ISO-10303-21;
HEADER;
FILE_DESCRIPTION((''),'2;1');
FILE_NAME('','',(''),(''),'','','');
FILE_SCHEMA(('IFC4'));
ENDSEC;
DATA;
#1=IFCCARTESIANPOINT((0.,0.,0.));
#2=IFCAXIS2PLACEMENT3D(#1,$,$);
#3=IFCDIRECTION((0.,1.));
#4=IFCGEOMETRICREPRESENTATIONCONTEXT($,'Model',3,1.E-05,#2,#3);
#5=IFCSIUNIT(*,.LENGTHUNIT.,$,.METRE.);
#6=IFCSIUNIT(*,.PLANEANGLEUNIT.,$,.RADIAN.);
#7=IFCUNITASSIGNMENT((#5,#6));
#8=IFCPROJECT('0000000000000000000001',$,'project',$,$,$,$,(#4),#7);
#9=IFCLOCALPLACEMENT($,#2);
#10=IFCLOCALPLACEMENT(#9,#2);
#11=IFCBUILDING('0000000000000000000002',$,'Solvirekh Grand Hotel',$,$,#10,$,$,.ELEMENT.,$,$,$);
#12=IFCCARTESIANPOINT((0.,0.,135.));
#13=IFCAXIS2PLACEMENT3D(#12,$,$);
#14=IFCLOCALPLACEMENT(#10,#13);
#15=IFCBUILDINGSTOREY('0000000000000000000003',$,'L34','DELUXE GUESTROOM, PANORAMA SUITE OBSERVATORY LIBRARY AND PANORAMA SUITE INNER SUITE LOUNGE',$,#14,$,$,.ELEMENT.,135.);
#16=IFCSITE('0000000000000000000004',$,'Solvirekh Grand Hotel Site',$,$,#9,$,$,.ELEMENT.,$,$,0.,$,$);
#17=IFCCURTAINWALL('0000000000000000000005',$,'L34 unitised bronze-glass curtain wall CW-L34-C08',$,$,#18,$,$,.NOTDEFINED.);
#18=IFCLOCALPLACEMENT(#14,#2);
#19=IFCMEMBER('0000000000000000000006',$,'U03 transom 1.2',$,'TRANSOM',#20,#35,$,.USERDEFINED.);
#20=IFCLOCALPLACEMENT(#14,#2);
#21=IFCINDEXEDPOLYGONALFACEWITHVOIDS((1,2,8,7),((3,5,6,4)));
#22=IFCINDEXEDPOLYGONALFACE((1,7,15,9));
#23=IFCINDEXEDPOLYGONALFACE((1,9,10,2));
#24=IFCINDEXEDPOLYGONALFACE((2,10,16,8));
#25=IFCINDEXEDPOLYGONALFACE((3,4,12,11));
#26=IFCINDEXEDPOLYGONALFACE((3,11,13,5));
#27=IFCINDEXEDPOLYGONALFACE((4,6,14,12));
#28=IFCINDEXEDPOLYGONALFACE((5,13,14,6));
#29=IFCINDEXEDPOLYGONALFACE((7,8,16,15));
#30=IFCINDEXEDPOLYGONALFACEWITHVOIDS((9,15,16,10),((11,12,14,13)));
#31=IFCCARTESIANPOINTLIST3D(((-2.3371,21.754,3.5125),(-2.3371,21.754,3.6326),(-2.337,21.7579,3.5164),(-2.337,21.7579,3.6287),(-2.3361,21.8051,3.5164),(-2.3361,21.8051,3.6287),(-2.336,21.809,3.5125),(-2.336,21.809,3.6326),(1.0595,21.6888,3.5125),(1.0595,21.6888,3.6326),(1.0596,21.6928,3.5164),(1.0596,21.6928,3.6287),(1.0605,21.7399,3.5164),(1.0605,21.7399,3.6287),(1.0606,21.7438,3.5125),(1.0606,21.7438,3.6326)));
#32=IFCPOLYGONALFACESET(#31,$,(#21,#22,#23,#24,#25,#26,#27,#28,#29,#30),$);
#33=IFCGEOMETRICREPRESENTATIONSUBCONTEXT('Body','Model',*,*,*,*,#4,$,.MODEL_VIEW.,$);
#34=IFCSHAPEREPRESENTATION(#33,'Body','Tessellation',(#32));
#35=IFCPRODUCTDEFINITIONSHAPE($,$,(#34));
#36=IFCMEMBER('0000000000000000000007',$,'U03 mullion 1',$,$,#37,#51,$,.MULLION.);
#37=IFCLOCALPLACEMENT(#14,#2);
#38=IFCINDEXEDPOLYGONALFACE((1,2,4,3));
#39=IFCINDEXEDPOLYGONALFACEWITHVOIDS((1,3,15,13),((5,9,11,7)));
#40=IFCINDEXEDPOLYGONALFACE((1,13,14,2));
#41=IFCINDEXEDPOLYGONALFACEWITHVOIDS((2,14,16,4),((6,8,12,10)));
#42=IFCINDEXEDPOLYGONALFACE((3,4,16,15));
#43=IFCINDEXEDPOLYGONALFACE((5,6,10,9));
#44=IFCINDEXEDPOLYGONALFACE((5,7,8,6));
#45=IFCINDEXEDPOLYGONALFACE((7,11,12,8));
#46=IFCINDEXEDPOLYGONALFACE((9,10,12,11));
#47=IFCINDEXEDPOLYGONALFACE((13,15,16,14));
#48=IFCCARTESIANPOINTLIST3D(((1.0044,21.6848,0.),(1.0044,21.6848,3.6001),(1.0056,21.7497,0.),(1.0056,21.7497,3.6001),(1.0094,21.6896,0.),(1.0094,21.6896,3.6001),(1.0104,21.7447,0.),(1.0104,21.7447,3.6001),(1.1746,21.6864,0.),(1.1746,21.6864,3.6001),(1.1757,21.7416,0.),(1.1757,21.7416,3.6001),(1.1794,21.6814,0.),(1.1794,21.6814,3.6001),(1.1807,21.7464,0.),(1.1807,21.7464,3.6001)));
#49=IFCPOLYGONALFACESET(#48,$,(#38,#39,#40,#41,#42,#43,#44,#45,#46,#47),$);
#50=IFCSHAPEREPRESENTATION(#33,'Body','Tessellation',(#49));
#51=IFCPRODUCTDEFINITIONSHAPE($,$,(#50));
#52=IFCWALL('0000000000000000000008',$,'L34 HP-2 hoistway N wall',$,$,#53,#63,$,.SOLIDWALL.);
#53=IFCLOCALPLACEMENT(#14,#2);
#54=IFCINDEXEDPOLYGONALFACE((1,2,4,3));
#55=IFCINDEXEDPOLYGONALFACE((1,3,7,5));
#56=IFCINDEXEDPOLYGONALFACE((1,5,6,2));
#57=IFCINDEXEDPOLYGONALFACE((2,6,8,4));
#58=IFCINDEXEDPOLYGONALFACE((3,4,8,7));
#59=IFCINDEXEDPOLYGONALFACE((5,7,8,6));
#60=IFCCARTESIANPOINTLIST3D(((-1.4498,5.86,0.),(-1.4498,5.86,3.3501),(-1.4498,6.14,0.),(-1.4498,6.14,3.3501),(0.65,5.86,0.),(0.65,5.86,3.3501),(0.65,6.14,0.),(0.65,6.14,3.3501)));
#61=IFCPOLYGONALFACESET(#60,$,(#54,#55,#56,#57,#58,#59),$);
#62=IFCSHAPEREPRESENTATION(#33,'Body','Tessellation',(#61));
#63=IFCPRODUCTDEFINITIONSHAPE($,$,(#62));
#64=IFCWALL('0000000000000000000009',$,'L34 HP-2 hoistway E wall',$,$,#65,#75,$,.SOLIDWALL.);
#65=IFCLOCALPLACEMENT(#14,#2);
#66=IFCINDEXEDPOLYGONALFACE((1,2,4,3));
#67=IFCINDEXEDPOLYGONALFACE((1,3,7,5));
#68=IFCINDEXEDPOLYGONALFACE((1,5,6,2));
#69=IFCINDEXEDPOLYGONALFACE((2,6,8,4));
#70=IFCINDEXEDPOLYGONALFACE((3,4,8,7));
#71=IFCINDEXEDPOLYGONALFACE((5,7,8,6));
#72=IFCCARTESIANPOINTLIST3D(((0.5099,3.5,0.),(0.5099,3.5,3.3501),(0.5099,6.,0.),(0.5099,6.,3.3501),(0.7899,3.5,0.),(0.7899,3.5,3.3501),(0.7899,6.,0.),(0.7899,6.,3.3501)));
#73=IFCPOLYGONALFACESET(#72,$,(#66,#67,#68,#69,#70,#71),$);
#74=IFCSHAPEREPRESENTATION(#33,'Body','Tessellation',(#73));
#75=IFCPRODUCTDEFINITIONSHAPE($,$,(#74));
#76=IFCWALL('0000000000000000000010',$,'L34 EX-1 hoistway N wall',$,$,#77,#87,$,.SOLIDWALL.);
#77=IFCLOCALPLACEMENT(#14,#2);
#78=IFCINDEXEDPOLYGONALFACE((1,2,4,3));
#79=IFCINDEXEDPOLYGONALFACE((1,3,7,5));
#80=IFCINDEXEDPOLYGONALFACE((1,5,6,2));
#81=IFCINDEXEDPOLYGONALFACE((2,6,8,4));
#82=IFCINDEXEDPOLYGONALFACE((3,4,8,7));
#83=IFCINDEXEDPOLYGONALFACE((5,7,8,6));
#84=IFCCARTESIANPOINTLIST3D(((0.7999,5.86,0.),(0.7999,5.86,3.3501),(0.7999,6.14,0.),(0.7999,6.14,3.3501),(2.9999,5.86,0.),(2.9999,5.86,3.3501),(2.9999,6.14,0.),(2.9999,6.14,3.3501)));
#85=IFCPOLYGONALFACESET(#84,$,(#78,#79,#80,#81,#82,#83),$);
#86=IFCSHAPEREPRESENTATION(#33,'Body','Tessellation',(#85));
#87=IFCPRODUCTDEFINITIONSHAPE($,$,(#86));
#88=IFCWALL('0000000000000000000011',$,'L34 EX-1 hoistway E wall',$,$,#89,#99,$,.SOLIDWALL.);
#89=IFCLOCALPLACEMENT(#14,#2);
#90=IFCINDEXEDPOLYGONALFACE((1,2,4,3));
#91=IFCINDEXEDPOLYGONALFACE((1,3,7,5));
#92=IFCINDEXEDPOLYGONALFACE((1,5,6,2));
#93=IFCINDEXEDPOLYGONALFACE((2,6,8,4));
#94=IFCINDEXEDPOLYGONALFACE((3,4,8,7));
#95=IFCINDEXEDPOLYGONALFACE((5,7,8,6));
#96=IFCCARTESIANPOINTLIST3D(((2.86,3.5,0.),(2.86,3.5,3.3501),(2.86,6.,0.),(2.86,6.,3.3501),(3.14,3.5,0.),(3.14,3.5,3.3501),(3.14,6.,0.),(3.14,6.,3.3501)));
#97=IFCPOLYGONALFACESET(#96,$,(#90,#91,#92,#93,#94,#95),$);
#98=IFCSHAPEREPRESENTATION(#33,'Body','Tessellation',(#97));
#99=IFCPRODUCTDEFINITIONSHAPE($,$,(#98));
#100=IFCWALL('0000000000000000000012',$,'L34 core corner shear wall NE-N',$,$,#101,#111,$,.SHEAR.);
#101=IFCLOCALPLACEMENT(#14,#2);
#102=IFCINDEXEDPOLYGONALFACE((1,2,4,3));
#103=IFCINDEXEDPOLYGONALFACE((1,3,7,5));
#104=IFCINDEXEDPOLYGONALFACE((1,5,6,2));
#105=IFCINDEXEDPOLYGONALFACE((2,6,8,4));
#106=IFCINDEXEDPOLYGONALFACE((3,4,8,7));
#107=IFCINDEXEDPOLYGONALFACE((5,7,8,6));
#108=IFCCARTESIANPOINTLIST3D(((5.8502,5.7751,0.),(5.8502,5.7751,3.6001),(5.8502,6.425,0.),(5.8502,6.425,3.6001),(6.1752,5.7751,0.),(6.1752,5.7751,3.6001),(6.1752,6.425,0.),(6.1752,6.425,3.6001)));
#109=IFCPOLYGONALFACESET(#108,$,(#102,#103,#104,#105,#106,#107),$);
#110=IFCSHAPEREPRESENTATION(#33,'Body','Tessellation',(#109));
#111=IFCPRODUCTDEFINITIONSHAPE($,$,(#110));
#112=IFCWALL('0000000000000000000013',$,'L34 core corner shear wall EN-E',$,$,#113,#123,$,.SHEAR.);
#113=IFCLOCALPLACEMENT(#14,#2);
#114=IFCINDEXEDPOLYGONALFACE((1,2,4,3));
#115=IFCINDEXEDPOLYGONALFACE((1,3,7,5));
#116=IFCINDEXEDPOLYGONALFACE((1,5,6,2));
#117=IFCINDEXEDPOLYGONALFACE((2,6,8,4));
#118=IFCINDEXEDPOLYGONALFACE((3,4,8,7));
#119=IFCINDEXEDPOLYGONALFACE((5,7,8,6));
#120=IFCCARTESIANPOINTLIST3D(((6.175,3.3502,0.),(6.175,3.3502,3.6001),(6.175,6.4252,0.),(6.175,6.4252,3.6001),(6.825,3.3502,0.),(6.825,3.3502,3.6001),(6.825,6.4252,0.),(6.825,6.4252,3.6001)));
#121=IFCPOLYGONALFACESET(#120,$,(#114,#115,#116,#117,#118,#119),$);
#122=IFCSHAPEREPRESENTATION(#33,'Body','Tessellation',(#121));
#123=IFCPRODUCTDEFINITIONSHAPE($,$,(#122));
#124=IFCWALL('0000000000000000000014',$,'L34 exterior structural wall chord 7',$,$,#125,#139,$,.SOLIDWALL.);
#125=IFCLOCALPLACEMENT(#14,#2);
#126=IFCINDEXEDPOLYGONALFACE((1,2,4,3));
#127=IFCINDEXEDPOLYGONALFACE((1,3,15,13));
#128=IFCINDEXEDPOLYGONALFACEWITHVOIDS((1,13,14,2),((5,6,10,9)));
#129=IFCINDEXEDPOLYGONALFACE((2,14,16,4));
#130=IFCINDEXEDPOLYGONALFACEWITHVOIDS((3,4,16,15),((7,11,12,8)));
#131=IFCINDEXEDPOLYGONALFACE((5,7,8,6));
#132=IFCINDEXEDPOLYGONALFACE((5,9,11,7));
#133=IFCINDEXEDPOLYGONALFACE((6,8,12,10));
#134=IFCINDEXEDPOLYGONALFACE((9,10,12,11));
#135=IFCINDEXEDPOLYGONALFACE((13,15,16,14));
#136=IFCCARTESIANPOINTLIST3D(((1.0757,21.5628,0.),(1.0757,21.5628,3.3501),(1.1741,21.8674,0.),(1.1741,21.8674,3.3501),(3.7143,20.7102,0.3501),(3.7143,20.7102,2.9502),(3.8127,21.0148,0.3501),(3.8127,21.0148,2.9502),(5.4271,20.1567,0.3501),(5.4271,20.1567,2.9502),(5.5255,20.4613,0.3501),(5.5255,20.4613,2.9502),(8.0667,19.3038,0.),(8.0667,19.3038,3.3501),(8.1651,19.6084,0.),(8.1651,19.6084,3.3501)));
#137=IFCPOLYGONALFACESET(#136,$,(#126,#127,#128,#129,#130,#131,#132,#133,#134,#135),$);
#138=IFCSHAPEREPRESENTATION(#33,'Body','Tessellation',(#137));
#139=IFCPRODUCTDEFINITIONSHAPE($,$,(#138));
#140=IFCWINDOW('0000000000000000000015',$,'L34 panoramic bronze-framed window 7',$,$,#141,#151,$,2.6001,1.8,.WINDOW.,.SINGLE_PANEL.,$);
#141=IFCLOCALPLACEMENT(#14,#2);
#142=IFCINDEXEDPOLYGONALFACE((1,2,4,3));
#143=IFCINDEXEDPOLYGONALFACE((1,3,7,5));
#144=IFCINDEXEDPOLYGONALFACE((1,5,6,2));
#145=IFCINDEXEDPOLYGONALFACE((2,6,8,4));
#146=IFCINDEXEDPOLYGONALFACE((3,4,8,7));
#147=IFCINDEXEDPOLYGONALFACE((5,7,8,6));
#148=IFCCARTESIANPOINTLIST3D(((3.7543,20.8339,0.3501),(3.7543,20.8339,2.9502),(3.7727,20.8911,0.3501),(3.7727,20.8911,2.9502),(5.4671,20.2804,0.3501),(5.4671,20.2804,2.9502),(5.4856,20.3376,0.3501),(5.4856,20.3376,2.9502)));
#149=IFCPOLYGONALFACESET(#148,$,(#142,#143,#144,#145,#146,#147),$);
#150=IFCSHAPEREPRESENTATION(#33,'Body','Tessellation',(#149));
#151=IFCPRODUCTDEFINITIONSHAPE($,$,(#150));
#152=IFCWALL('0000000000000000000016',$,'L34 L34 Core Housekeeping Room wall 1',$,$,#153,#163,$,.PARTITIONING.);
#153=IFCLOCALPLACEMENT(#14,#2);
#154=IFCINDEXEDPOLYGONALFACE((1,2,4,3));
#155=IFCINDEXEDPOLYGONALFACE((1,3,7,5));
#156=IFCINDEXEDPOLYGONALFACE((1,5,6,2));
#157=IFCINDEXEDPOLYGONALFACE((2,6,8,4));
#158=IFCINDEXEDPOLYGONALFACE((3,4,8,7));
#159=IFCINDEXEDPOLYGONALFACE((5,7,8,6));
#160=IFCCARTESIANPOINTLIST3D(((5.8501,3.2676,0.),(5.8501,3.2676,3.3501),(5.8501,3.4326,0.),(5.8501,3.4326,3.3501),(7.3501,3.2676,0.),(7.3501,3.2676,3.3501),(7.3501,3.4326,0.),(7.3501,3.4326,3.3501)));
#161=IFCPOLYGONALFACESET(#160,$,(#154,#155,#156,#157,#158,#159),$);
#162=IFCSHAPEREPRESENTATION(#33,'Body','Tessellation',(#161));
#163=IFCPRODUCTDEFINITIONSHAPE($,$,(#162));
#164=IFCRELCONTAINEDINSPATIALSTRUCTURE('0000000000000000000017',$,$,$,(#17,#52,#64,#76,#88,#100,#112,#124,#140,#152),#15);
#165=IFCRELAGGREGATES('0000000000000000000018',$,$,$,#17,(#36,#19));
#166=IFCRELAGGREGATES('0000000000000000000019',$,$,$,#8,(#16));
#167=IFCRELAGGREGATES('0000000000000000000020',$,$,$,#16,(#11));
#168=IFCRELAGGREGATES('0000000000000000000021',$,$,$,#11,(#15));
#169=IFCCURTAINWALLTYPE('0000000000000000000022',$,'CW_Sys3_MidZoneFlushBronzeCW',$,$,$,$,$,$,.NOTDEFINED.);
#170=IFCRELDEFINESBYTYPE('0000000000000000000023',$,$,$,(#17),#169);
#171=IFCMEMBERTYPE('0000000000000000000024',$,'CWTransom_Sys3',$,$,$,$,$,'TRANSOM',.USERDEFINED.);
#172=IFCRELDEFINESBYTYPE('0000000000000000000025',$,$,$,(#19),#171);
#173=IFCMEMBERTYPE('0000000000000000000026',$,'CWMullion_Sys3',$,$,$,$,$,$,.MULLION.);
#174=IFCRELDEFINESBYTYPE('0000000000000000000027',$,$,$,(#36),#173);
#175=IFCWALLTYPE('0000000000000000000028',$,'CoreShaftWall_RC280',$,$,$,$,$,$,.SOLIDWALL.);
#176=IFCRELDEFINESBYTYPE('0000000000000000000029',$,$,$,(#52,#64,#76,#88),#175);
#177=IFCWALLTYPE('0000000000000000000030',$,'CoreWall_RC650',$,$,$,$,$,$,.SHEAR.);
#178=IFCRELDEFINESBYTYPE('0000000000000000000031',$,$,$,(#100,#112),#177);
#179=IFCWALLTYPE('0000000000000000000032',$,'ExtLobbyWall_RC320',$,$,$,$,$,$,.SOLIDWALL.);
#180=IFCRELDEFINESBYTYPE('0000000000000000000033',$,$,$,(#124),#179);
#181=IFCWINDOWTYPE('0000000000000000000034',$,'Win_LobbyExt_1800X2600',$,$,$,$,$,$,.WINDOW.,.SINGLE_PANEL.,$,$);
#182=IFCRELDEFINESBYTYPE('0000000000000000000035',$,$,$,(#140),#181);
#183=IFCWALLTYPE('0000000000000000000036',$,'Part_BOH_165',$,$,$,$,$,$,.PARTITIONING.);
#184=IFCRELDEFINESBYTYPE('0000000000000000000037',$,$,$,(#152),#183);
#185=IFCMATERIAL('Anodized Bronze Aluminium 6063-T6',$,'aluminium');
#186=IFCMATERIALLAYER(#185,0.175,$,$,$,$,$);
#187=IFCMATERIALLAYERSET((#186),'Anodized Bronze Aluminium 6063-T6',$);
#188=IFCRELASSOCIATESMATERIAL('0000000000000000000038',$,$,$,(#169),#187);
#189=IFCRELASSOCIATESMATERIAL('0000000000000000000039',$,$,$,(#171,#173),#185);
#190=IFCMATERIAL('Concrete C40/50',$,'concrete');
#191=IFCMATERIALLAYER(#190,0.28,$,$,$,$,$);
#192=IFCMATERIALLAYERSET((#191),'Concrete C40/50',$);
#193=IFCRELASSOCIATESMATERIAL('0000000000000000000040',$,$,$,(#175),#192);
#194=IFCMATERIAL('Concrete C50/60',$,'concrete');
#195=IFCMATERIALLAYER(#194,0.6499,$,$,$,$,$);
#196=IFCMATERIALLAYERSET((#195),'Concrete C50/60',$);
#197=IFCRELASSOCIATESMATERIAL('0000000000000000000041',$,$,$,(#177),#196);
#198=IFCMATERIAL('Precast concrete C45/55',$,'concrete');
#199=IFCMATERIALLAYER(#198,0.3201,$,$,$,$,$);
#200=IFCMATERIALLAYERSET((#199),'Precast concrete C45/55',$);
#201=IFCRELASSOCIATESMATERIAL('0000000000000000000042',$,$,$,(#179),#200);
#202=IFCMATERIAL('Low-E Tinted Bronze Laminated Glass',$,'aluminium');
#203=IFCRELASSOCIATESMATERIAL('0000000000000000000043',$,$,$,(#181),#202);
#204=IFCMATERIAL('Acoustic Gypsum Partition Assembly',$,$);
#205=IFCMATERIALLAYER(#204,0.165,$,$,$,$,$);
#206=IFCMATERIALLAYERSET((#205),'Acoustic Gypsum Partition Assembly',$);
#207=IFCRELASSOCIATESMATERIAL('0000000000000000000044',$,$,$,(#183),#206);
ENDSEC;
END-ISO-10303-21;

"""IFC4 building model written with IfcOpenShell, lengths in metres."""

from ifc_helpers import new_model, si_unit, direction, frame, frame_2d, origin, origin_2d, place, context, subcontext, project, spatial, rectangle, hollow_rectangle, extrude, source, transform, mapped, material, layer, layer_set, material_profile, profile_set, type_object, element, fill, aggregate, save


model = new_model("IFC4")

# Units and contexts
model_context = context("Model", 3, precision=1e-05, world=origin(), true_north=direction((0.0, 1.0)))
body_context = subcontext(model_context, "Body", "Model", "MODEL_VIEW")
ifc_project = project(units=[si_unit("LENGTHUNIT", "METRE"), si_unit("PLANEANGLEUNIT", "RADIAN")], contexts=[model_context])

# Site, building, storey
site_placement = place(None, origin())
site = spatial("IfcSite", under=ifc_project, at=site_placement, Name="Solvirekh Grand Hotel Site", CompositionType="ELEMENT", RefElevation=0.0)
building_placement = place(site_placement, origin())
building = spatial("IfcBuilding", under=site, at=building_placement, Name="Solvirekh Grand Hotel", CompositionType="ELEMENT")
storey_placement = place(building_placement, frame((0.0, 0.0, 135.0)))
storey = spatial("IfcBuildingStorey", under=building, at=storey_placement, Name="L34", Description="DELUXE GUESTROOM, PANORAMA SUITE OBSERVATORY LIBRARY AND PANORAMA SUITE INNER SUITE LOUNGE", CompositionType="ELEMENT", Elevation=135.0)

# Shared definitions
ifc_material_1 = material(Name="Concrete C50/60", Category="concrete")

# Curtain wall, members
ifc_material_2 = material(Name="Anodized Bronze Aluminium 6063-T6", Category="aluminium")
ifc_layer_1 = layer(ifc_material_2, 0.175)
ifc_layer_set_1 = layer_set([ifc_layer_1], Name="Anodized Bronze Aluminium 6063-T6")
curtain_wall_type = type_object("IfcCurtainWallType", Name="CW_Sys3_MidZoneFlushBronzeCW", PredefinedType="NOTDEFINED", material=ifc_layer_set_1)
curtain_wall_placement = place(storey_placement, origin())
curtain_wall = element("IfcCurtainWall", 1, at=curtain_wall_placement, inside=storey, type_object=curtain_wall_type, Name="L34 unitised bronze-glass curtain wall CW-L34-C08", PredefinedType="NOTDEFINED")
ifc_material_profile_1 = material_profile(ifc_material_2, hollow_rectangle(XDim=0.0549, YDim=0.1201, WallThickness=0.0039, at=origin_2d()), Name="ALU RHS 120X55X4")
ifc_profile_set_1 = profile_set([ifc_material_profile_1], Name="Anodized Bronze Aluminium 6063-T6")
member_type_1 = type_object("IfcMemberType", Name="CWTransom_Sys3", ElementType="TRANSOM", PredefinedType="USERDEFINED", material=ifc_profile_set_1)
shared_shape_1 = source(origin(), body_context, "Body", "SweptSolid", [
    extrude(hollow_rectangle(XDim=0.0549, YDim=0.1201, WallThickness=0.0039, at=origin_2d()), origin(), (0.0, 0.0, 1.0), 3.3972),
])
member_1_placement = place(storey_placement, frame((1.0601, 21.7163, 3.5725), z_axis=(-0.999816, 0.019189, 0.0), x_axis=(-0.019189, -0.999816, 0.0)))
member_1 = element("IfcMember", 2, at=member_1_placement, type_object=member_type_1, Name="U03 transom 1.2", ObjectType="TRANSOM", PredefinedType="USERDEFINED", context=body_context, shape_type="MappedRepresentation", body=[
    mapped(shared_shape_1, transform((0.0, 0.0, 0.0), x_axis=(1.0, 0.0, 0.0), y_axis=(0.0, 1.0, 0.0), z_axis=(0.0, 0.0, 1.0), scale=1.0)),
])
ifc_material_profile_2 = material_profile(ifc_material_2, hollow_rectangle(XDim=0.0649, YDim=0.175, WallThickness=0.0049, at=origin_2d()), Name="ALU RHS 175X65X5")
ifc_profile_set_2 = profile_set([ifc_material_profile_2], Name="Anodized Bronze Aluminium 6063-T6")
member_type_2 = type_object("IfcMemberType", Name="CWMullion_Sys3", PredefinedType="MULLION", material=ifc_profile_set_2)
shared_shape_2 = source(origin(), body_context, "Body", "SweptSolid", [
    extrude(hollow_rectangle(XDim=0.0649, YDim=0.175, WallThickness=0.0049, at=origin_2d()), origin(), (0.0, 0.0, 1.0), 3.6001),
])
member_2_placement = place(storey_placement, frame((1.0925, 21.7156, 0.0), z_axis=(0.0, 0.0, 1.0), x_axis=(-0.019172, -0.999816, 0.0)))
member_2 = element("IfcMember", 3, at=member_2_placement, type_object=member_type_2, Name="U03 mullion 1", PredefinedType="MULLION", context=body_context, shape_type="MappedRepresentation", body=[
    mapped(shared_shape_2, transform((0.0, 0.0, 0.0), x_axis=(1.0, 0.0, 0.0), y_axis=(0.0, 1.0, 0.0), z_axis=(0.0, 0.0, 1.0), scale=1.0)),
])
aggregate(curtain_wall, [member_2, member_1])

# Walls
ifc_material_3 = material(Name="Concrete C40/50", Category="concrete")
ifc_layer_2 = layer(ifc_material_3, 0.28)
ifc_layer_set_2 = layer_set([ifc_layer_2], Name="Concrete C40/50")
wall_type_1 = type_object("IfcWallType", Name="CoreShaftWall_RC280", PredefinedType="SOLIDWALL", material=ifc_layer_set_2)
wall_1_placement = place(storey_placement, frame((0.6499, 6.0, 0.0), z_axis=(0.0, 0.0, 1.0), x_axis=(-1.0, 0.0, 0.0)))
element("IfcWall", 4, at=wall_1_placement, inside=storey, type_object=wall_type_1, Name="L34 HP-2 hoistway N wall", PredefinedType="SOLIDWALL", context=body_context, shape_type="SweptSolid", body=[
    extrude(rectangle(XDim=2.0999, YDim=0.28, at=frame_2d((1.0498, 0.0))), origin(), (0.0, 0.0, 1.0), 3.3501),
])
wall_2_placement = place(storey_placement, frame((0.6499, 3.5, 0.0), z_axis=(0.0, 0.0, 1.0), x_axis=(0.0, 1.0, 0.0)))
element("IfcWall", 5, at=wall_2_placement, inside=storey, type_object=wall_type_1, Name="L34 HP-2 hoistway E wall", PredefinedType="SOLIDWALL", context=body_context, shape_type="SweptSolid", body=[
    extrude(rectangle(XDim=2.5, YDim=0.28, at=frame_2d((1.25, 0.0))), origin(), (0.0, 0.0, 1.0), 3.3501),
])
wall_3_placement = place(storey_placement, frame((3.0, 6.0, 0.0), z_axis=(0.0, 0.0, 1.0), x_axis=(-1.0, 0.0, 0.0)))
element("IfcWall", 6, at=wall_3_placement, inside=storey, type_object=wall_type_1, Name="L34 EX-1 hoistway N wall", PredefinedType="SOLIDWALL", context=body_context, shape_type="SweptSolid", body=[
    extrude(rectangle(XDim=2.2, YDim=0.28, at=frame_2d((1.1001, 0.0))), origin(), (0.0, 0.0, 1.0), 3.3501),
])
wall_4_placement = place(storey_placement, frame((3.0, 3.5, 0.0), z_axis=(0.0, 0.0, 1.0), x_axis=(0.0, 1.0, 0.0)))
element("IfcWall", 7, at=wall_4_placement, inside=storey, type_object=wall_type_1, Name="L34 EX-1 hoistway E wall", PredefinedType="SOLIDWALL", context=body_context, shape_type="SweptSolid", body=[
    extrude(rectangle(XDim=2.5, YDim=0.28, at=frame_2d((1.25, 0.0))), origin(), (0.0, 0.0, 1.0), 3.3501),
])
ifc_layer_3 = layer(ifc_material_1, 0.6499)
ifc_layer_set_3 = layer_set([ifc_layer_3], Name="Concrete C50/60")
wall_type_2 = type_object("IfcWallType", Name="CoreWall_RC650", PredefinedType="SHEAR", material=ifc_layer_set_3)
wall_5_placement = place(storey_placement, frame((5.8501, 6.1001, 0.0), z_axis=(0.0, 0.0, 1.0), x_axis=(1.0, 0.0, 0.0)))
element("IfcWall", 8, at=wall_5_placement, inside=storey, type_object=wall_type_2, Name="L34 core corner shear wall NE-N", PredefinedType="SHEAR", context=body_context, shape_type="SweptSolid", body=[
    extrude(rectangle(XDim=0.325, YDim=0.6499, at=frame_2d((0.1626, 0.0))), origin(), (0.0, 0.0, 1.0), 3.6001),
])
wall_6_placement = place(storey_placement, frame((6.5, 3.3501, 0.0), z_axis=(0.0, 0.0, 1.0), x_axis=(0.0, 1.0, 0.0)))
element("IfcWall", 9, at=wall_6_placement, inside=storey, type_object=wall_type_2, Name="L34 core corner shear wall EN-E", PredefinedType="SHEAR", context=body_context, shape_type="SweptSolid", body=[
    extrude(rectangle(XDim=3.075, YDim=0.6499, at=frame_2d((1.5376, 0.0))), origin(), (0.0, 0.0, 1.0), 3.6001),
])

# Wall, opening, window
ifc_material_4 = material(Name="Precast concrete C45/55", Category="concrete")
ifc_layer_4 = layer(ifc_material_4, 0.3201)
ifc_layer_set_4 = layer_set([ifc_layer_4], Name="Precast concrete C45/55")
wall_type_3 = type_object("IfcWallType", Name="ExtLobbyWall_RC320", PredefinedType="SOLIDWALL", material=ifc_layer_set_4)
wall_7_placement = place(storey_placement, frame((1.125, 21.7151, 0.0), z_axis=(0.0, 0.0, 1.0), x_axis=(0.951554, -0.307481, 0.0)))
wall_7 = element("IfcWall", 10, at=wall_7_placement, inside=storey, type_object=wall_type_3, Name="L34 exterior structural wall chord 7", PredefinedType="SOLIDWALL", context=body_context, shape_type="SweptSolid", body=[
    extrude(rectangle(XDim=7.3469, YDim=0.3201, at=frame_2d((3.6733, 0.0))), origin(), (0.0, 0.0, 1.0), 3.3501),
])
opening_1_placement = place(wall_7_placement, frame((2.7729, 0.0, 0.3501)))
opening_1 = element("IfcOpeningElement", 11, at=opening_1_placement, cuts=wall_7, PredefinedType="OPENING", context=body_context, shape_type="SweptSolid", body=[
    extrude(rectangle(XDim=1.8, YDim=2.6001, at=frame_2d((0.8999, 1.3))), frame((0.0, 0.1699, 0.0), z_axis=(0.0, -1.0, 0.0), x_axis=(1.0, 0.0, 0.0)), (0.0, 0.0, 1.0), 0.3401),
])
ifc_material_5 = material(Name="Low-E Tinted Bronze Laminated Glass", Category="aluminium")
window_type = type_object("IfcWindowType", Name="Win_LobbyExt_1800X2600", PartitioningType="SINGLE_PANEL", PredefinedType="WINDOW", material=ifc_material_5)
window_placement = place(opening_1_placement, origin())
window = element("IfcWindow", 12, at=window_placement, inside=storey, type_object=window_type, Name="L34 panoramic bronze-framed window 7", OverallHeight=2.6001, OverallWidth=1.8, PartitioningType="SINGLE_PANEL", PredefinedType="WINDOW", context=body_context, shape_type="SweptSolid", body=[
    extrude(rectangle(XDim=1.8, YDim=2.6001, at=frame_2d((0.8999, 1.3))), frame((0.0, 0.03, 0.0), z_axis=(0.0, -1.0, 0.0), x_axis=(1.0, 0.0, 0.0)), (0.0, 0.0, 1.0), 0.0601),
])
fill(opening_1, window)

# Wall
ifc_material_6 = material(Name="Acoustic Gypsum Partition Assembly")
ifc_layer_5 = layer(ifc_material_6, 0.165)
ifc_layer_set_5 = layer_set([ifc_layer_5], Name="Acoustic Gypsum Partition Assembly")
wall_type_4 = type_object("IfcWallType", Name="Part_BOH_165", PredefinedType="PARTITIONING", material=ifc_layer_set_5)
wall_8_placement = place(storey_placement, frame((5.8501, 3.3501, 0.0), z_axis=(0.0, 0.0, 1.0), x_axis=(1.0, 0.0, 0.0)))
element("IfcWall", 13, at=wall_8_placement, inside=storey, type_object=wall_type_4, Name="L34 L34 Core Housekeeping Room wall 1", PredefinedType="PARTITIONING", context=body_context, shape_type="SweptSolid", body=[
    extrude(rectangle(XDim=1.5, YDim=0.165, at=frame_2d((0.75, 0.0))), origin(), (0.0, 0.0, 1.0), 3.3501),
])

save(model, "model.ifc")
